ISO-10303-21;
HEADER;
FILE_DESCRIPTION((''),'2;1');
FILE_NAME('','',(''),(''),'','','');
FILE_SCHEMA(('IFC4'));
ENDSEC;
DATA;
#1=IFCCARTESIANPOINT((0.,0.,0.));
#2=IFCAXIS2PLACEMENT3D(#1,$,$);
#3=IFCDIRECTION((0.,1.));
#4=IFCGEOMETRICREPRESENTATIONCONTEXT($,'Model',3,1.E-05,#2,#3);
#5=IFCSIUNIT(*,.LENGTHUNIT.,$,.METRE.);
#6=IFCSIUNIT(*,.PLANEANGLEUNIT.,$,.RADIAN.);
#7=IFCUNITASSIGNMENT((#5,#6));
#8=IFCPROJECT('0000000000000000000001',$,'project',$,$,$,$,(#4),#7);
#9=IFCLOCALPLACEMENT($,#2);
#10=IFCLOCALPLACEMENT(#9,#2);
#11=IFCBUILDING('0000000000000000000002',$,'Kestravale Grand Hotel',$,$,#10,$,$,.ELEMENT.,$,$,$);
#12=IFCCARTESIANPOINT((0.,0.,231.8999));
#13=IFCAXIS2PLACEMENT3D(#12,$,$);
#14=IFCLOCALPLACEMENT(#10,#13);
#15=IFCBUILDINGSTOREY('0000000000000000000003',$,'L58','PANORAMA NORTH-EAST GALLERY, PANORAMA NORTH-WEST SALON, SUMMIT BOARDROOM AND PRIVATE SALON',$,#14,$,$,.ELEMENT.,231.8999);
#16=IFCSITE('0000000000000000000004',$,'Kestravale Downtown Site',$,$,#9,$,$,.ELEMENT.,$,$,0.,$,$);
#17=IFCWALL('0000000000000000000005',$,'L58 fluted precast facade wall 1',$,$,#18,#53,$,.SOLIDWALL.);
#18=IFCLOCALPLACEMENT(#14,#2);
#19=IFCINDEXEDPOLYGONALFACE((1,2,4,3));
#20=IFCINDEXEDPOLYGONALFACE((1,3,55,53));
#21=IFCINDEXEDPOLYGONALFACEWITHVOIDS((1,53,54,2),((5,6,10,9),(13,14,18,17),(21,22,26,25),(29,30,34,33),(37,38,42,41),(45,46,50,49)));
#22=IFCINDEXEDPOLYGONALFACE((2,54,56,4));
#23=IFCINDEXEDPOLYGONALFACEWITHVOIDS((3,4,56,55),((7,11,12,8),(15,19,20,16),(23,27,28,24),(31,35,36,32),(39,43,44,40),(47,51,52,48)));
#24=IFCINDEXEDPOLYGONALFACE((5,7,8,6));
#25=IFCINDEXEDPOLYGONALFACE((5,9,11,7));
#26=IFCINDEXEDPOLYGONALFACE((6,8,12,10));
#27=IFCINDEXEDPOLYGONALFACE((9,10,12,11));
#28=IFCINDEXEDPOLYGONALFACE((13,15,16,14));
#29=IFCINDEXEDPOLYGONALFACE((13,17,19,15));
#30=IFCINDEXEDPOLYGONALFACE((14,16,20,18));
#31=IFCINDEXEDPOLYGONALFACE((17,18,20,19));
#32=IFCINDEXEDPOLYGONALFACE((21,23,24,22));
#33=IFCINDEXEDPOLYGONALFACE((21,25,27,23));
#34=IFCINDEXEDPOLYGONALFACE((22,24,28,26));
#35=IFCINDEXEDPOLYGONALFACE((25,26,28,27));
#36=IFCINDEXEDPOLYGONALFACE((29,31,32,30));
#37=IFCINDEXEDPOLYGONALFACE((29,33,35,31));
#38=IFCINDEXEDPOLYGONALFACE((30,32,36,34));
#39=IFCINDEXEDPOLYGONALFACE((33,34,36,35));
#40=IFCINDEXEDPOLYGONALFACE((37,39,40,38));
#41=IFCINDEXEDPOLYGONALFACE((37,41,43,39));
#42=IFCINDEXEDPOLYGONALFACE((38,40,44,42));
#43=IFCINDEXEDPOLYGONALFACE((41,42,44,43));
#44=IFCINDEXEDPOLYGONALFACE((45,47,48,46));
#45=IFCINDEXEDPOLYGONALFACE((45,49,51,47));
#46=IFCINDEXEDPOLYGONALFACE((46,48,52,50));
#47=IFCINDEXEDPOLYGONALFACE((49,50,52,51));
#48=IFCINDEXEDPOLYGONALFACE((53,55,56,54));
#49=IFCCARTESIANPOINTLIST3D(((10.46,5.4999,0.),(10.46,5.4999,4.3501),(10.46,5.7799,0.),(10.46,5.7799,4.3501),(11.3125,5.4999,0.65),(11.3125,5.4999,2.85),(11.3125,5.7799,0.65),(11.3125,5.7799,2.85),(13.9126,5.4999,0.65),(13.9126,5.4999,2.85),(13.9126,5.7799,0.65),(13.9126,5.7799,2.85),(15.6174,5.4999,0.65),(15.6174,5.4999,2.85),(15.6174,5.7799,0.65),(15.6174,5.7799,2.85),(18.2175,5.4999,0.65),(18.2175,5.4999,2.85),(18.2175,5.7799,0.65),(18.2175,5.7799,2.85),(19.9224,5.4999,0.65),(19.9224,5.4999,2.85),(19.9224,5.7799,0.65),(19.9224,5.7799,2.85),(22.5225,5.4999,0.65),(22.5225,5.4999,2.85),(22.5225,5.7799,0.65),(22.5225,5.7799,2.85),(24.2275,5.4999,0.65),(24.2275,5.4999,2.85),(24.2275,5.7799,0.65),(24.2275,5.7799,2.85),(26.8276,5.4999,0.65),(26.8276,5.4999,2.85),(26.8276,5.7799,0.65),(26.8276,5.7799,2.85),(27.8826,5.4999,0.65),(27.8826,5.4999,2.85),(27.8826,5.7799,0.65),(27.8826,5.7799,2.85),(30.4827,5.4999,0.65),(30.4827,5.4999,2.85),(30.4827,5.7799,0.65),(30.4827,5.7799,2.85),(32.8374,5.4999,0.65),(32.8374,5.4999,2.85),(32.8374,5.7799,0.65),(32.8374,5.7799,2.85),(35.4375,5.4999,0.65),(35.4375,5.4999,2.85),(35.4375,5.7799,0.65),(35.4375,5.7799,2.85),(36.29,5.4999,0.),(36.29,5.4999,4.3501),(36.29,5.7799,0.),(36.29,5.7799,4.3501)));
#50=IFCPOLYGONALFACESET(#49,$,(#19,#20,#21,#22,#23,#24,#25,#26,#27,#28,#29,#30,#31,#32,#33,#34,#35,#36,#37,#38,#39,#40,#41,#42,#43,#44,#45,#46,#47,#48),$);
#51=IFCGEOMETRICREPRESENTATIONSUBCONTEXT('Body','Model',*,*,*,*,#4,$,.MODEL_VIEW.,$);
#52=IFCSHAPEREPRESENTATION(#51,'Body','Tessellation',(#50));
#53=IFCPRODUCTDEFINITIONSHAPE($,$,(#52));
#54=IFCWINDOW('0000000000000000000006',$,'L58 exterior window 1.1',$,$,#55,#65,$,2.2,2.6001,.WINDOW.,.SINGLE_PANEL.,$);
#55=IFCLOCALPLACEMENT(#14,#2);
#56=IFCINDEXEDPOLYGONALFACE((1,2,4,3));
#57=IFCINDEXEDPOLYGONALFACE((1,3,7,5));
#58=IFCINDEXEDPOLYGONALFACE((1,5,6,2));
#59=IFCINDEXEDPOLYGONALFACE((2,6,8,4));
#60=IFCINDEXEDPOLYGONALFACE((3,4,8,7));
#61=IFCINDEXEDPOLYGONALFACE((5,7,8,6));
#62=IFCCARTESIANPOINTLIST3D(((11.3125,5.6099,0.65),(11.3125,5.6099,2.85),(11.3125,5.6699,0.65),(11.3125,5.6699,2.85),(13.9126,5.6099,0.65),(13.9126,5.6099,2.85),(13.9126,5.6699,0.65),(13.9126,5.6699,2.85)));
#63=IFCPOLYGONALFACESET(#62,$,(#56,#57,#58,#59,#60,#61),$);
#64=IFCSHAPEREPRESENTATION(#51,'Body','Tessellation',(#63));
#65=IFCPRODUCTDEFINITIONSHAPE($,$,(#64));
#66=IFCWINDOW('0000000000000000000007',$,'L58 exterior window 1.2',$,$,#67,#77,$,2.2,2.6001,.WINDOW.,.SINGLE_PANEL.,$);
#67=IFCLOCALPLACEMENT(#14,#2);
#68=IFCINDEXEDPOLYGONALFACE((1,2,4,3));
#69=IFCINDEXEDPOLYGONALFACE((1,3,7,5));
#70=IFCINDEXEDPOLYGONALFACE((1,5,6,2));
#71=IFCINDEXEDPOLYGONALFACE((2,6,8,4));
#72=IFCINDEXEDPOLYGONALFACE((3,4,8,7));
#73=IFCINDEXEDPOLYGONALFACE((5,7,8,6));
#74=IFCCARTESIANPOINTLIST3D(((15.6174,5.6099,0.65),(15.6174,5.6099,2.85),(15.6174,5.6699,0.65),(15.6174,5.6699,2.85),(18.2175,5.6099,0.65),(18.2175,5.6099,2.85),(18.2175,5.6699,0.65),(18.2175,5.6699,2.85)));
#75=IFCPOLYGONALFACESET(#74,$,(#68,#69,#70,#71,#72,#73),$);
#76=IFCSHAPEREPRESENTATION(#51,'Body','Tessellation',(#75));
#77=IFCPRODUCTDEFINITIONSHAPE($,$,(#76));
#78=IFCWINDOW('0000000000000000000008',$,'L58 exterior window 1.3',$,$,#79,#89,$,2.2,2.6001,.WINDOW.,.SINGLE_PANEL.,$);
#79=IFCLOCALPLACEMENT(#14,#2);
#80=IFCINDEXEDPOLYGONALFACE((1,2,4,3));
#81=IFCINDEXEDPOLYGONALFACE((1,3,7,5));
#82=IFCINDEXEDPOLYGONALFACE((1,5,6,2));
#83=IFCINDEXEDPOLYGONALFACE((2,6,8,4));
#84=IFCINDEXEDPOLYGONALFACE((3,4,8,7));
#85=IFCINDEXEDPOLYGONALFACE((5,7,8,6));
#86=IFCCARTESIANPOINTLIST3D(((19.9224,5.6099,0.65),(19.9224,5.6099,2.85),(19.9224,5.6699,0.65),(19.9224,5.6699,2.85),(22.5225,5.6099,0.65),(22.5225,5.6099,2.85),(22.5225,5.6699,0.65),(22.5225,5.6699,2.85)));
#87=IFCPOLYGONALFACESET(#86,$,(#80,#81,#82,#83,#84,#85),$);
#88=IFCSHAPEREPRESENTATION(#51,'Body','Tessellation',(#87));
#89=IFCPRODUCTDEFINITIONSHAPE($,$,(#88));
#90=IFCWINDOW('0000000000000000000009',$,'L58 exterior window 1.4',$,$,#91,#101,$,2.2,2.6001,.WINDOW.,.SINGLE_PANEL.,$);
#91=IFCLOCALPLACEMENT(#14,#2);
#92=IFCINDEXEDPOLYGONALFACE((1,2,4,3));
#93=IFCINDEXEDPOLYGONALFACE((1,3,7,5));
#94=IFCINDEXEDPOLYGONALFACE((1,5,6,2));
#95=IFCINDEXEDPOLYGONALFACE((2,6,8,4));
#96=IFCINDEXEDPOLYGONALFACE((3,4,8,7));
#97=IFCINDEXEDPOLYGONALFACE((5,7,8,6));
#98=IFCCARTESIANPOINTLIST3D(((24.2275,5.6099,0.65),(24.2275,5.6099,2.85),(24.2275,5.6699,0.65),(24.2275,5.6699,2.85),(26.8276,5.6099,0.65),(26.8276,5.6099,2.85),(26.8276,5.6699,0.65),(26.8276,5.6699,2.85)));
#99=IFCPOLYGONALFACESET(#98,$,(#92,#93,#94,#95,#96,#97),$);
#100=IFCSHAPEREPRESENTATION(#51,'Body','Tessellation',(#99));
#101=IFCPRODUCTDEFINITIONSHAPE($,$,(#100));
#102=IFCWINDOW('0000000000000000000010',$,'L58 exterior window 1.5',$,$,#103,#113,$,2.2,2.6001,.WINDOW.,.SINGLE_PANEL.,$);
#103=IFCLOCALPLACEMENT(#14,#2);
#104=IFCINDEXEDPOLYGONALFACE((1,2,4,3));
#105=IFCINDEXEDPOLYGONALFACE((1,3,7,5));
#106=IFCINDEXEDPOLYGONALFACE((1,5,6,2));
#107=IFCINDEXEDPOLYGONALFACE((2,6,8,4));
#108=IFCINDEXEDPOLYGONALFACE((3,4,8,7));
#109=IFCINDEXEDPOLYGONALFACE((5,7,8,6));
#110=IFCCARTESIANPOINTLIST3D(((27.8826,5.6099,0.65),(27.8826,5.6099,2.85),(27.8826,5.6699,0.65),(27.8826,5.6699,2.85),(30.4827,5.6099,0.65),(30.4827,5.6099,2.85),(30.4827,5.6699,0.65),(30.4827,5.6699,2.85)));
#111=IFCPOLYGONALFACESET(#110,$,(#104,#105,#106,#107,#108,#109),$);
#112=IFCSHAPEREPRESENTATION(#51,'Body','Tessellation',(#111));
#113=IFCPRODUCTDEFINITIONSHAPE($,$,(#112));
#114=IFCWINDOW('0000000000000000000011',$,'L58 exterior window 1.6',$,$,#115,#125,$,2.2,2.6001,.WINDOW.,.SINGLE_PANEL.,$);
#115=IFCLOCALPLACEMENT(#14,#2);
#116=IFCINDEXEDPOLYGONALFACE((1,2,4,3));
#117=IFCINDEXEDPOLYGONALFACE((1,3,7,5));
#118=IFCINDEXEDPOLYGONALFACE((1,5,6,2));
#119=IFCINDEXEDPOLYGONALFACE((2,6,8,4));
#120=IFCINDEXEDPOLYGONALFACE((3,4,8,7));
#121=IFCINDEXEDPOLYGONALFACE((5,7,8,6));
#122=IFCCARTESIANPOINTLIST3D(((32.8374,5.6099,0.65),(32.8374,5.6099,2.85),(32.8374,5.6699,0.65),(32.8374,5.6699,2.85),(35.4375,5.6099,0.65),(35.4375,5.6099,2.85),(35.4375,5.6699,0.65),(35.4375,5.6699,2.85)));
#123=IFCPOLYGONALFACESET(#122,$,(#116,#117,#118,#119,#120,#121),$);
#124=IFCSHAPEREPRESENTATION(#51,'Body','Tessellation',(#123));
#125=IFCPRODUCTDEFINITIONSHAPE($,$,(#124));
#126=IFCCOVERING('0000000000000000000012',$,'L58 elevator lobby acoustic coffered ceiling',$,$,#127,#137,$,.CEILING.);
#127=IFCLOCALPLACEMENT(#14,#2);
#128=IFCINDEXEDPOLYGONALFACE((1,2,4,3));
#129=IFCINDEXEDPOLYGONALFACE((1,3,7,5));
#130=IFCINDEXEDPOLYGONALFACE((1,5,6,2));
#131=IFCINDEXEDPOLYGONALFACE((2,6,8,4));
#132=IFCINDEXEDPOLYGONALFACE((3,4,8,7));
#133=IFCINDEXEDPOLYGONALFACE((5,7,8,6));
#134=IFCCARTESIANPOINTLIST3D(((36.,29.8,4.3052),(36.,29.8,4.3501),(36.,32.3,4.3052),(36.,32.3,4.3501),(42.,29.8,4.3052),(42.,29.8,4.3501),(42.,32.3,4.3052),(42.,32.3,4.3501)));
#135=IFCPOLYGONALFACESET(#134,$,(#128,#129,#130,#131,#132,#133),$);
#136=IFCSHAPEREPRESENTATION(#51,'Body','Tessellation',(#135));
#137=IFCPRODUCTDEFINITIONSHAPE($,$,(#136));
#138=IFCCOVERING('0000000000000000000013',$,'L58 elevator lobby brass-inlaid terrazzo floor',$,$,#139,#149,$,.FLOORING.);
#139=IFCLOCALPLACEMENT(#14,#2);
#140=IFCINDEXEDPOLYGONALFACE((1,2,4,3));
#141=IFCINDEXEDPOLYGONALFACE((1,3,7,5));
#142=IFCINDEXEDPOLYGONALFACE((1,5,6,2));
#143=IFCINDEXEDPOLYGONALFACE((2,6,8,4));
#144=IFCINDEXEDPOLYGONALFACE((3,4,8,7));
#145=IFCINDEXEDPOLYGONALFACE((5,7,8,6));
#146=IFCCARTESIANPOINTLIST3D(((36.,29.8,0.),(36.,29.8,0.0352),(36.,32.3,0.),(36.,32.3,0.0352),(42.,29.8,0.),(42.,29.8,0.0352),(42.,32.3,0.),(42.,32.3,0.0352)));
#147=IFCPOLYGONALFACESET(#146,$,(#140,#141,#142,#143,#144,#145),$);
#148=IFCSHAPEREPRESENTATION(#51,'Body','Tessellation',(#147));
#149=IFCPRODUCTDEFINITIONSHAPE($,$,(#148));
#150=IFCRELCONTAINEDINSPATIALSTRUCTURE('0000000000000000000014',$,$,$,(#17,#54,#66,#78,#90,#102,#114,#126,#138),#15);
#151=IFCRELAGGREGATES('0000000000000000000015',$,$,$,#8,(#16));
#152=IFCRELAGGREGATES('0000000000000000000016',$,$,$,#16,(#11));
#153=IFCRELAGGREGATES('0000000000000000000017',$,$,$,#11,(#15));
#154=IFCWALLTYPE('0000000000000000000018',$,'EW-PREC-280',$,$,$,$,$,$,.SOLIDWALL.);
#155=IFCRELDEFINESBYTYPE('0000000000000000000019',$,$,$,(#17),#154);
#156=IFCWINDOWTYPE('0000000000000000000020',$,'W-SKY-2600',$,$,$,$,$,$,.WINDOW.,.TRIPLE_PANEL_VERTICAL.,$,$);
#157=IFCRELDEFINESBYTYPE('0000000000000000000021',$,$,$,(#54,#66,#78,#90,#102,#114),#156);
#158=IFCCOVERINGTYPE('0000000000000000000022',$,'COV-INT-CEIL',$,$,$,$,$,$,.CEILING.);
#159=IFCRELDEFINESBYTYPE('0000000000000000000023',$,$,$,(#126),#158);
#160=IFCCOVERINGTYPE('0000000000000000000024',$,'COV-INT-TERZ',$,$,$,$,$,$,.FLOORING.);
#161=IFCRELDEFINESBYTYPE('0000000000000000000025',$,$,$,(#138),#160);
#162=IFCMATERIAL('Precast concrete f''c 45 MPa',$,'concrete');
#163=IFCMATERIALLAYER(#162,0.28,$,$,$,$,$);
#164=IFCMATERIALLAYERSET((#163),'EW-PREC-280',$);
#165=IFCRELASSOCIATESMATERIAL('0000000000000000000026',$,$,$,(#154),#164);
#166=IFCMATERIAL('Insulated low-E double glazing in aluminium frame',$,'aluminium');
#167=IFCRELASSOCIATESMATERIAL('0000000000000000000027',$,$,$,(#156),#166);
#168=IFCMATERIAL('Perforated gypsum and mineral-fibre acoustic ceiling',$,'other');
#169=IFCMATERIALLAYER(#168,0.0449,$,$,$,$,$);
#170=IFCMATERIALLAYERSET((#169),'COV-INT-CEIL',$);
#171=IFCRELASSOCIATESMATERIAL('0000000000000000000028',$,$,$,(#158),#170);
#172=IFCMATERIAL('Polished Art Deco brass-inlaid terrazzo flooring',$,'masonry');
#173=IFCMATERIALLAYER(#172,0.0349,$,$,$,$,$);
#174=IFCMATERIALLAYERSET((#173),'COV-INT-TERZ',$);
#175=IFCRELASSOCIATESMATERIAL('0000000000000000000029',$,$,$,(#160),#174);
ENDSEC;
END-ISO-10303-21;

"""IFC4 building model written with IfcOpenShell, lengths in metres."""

from ifc_helpers import new_model, si_unit, direction, frame, frame_2d, origin, place, context, subcontext, project, spatial, polyline, rectangle, outline, extrude, material, layer, layer_set, type_object, element, fill, save


model = new_model("IFC4")

# Units and contexts
model_context = context("Model", 3, precision=1e-05, world=origin(), true_north=direction((0.0, 1.0)))
body_context = subcontext(model_context, "Body", "Model", "MODEL_VIEW")
ifc_project = project(units=[si_unit("LENGTHUNIT", "METRE"), si_unit("PLANEANGLEUNIT", "RADIAN")], contexts=[model_context])

# Site, building, storey
site_placement = place(None, origin())
site = spatial("IfcSite", under=ifc_project, at=site_placement, Name="Kestravale Downtown Site", CompositionType="ELEMENT", RefElevation=0.0)
building_placement = place(site_placement, origin())
building = spatial("IfcBuilding", under=site, at=building_placement, Name="Kestravale Grand Hotel", CompositionType="ELEMENT")
storey_placement = place(building_placement, frame((0.0, 0.0, 231.8999)))
storey = spatial("IfcBuildingStorey", under=building, at=storey_placement, Name="L58", Description="PANORAMA NORTH-EAST GALLERY, PANORAMA NORTH-WEST SALON, SUMMIT BOARDROOM AND PRIVATE SALON", CompositionType="ELEMENT", Elevation=231.8999)

# Wall, openings, windows
ifc_material_1 = material(Name="Precast concrete f'c 45 MPa", Category="concrete")
ifc_layer_1 = layer(ifc_material_1, 0.28)
ifc_layer_set_1 = layer_set([ifc_layer_1], Name="EW-PREC-280")
wall_type = type_object("IfcWallType", Name="EW-PREC-280", PredefinedType="SOLIDWALL", material=ifc_layer_set_1)
wall_placement = place(storey_placement, frame((10.46, 5.6399, 0.0), z_axis=(0.0, 0.0, 1.0), x_axis=(1.0, 0.0, 0.0)))
wall = element("IfcWall", 1, at=wall_placement, inside=storey, type_object=wall_type, Name="L58 fluted precast facade wall 1", PredefinedType="SOLIDWALL", context=body_context, shape_type="SweptSolid", body=[
    extrude(rectangle(XDim=25.8301, YDim=0.28, at=frame_2d((12.915, 0.0))), origin(), (0.0, 0.0, 1.0), 4.3501),
])
opening_1_placement = place(wall_placement, frame((0.8525, 0.0, 0.6499)))
opening_1 = element("IfcOpeningElement", 2, at=opening_1_placement, cuts=wall, PredefinedType="OPENING", context=body_context, shape_type="SweptSolid", body=[
    extrude(rectangle(XDim=2.6001, YDim=2.2, at=frame_2d((1.3, 1.1001))), frame((0.0, 0.1499, 0.0), z_axis=(0.0, -1.0, 0.0), x_axis=(1.0, 0.0, 0.0)), (0.0, 0.0, 1.0), 0.3),
])
opening_2_placement = place(wall_placement, frame((5.1575, 0.0, 0.6499)))
opening_2 = element("IfcOpeningElement", 3, at=opening_2_placement, cuts=wall, PredefinedType="OPENING", context=body_context, shape_type="SweptSolid", body=[
    extrude(rectangle(XDim=2.6001, YDim=2.2, at=frame_2d((1.3, 1.1001))), frame((0.0, 0.1499, 0.0), z_axis=(0.0, -1.0, 0.0), x_axis=(1.0, 0.0, 0.0)), (0.0, 0.0, 1.0), 0.3),
])
opening_3_placement = place(wall_placement, frame((9.4624, 0.0, 0.6499)))
opening_3 = element("IfcOpeningElement", 4, at=opening_3_placement, cuts=wall, PredefinedType="OPENING", context=body_context, shape_type="SweptSolid", body=[
    extrude(rectangle(XDim=2.6001, YDim=2.2, at=frame_2d((1.3, 1.1001))), frame((0.0, 0.1499, 0.0), z_axis=(0.0, -1.0, 0.0), x_axis=(1.0, 0.0, 0.0)), (0.0, 0.0, 1.0), 0.3),
])
opening_4_placement = place(wall_placement, frame((13.7676, 0.0, 0.6499)))
opening_4 = element("IfcOpeningElement", 5, at=opening_4_placement, cuts=wall, PredefinedType="OPENING", context=body_context, shape_type="SweptSolid", body=[
    extrude(rectangle(XDim=2.6001, YDim=2.2, at=frame_2d((1.3, 1.1001))), frame((0.0, 0.1499, 0.0), z_axis=(0.0, -1.0, 0.0), x_axis=(1.0, 0.0, 0.0)), (0.0, 0.0, 1.0), 0.3),
])
opening_5_placement = place(wall_placement, frame((17.4226, 0.0, 0.6499)))
opening_5 = element("IfcOpeningElement", 6, at=opening_5_placement, cuts=wall, PredefinedType="OPENING", context=body_context, shape_type="SweptSolid", body=[
    extrude(rectangle(XDim=2.6001, YDim=2.2, at=frame_2d((1.3, 1.1001))), frame((0.0, 0.1499, 0.0), z_axis=(0.0, -1.0, 0.0), x_axis=(1.0, 0.0, 0.0)), (0.0, 0.0, 1.0), 0.3),
])
opening_6_placement = place(wall_placement, frame((22.3774, 0.0, 0.6499)))
opening_6 = element("IfcOpeningElement", 7, at=opening_6_placement, cuts=wall, PredefinedType="OPENING", context=body_context, shape_type="SweptSolid", body=[
    extrude(rectangle(XDim=2.6001, YDim=2.2, at=frame_2d((1.3, 1.1001))), frame((0.0, 0.1499, 0.0), z_axis=(0.0, -1.0, 0.0), x_axis=(1.0, 0.0, 0.0)), (0.0, 0.0, 1.0), 0.3),
])
ifc_material_2 = material(Name="Insulated low-E double glazing in aluminium frame", Category="aluminium")
window_type = type_object("IfcWindowType", Name="W-SKY-2600", PartitioningType="TRIPLE_PANEL_VERTICAL", PredefinedType="WINDOW", material=ifc_material_2)
window_1_placement = place(opening_1_placement, origin())
window_1 = element("IfcWindow", 8, at=window_1_placement, inside=storey, type_object=window_type, Name="L58 exterior window 1.1", OverallHeight=2.2, OverallWidth=2.6001, PartitioningType="SINGLE_PANEL", PredefinedType="WINDOW", context=body_context, shape_type="SweptSolid", body=[
    extrude(rectangle(XDim=2.6001, YDim=2.2, at=frame_2d((1.3, 1.1001))), frame((0.0, 0.03, 0.0), z_axis=(0.0, -1.0, 0.0), x_axis=(1.0, 0.0, 0.0)), (0.0, 0.0, 1.0), 0.0601),
])
fill(opening_1, window_1)
window_2_placement = place(opening_2_placement, origin())
window_2 = element("IfcWindow", 9, at=window_2_placement, inside=storey, type_object=window_type, Name="L58 exterior window 1.2", OverallHeight=2.2, OverallWidth=2.6001, PartitioningType="SINGLE_PANEL", PredefinedType="WINDOW", context=body_context, shape_type="SweptSolid", body=[
    extrude(rectangle(XDim=2.6001, YDim=2.2, at=frame_2d((1.3, 1.1001))), frame((0.0, 0.03, 0.0), z_axis=(0.0, -1.0, 0.0), x_axis=(1.0, 0.0, 0.0)), (0.0, 0.0, 1.0), 0.0601),
])
fill(opening_2, window_2)
window_3_placement = place(opening_3_placement, origin())
window_3 = element("IfcWindow", 10, at=window_3_placement, inside=storey, type_object=window_type, Name="L58 exterior window 1.3", OverallHeight=2.2, OverallWidth=2.6001, PartitioningType="SINGLE_PANEL", PredefinedType="WINDOW", context=body_context, shape_type="SweptSolid", body=[
    extrude(rectangle(XDim=2.6001, YDim=2.2, at=frame_2d((1.3, 1.1001))), frame((0.0, 0.03, 0.0), z_axis=(0.0, -1.0, 0.0), x_axis=(1.0, 0.0, 0.0)), (0.0, 0.0, 1.0), 0.0601),
])
fill(opening_3, window_3)
window_4_placement = place(opening_4_placement, origin())
window_4 = element("IfcWindow", 11, at=window_4_placement, inside=storey, type_object=window_type, Name="L58 exterior window 1.4", OverallHeight=2.2, OverallWidth=2.6001, PartitioningType="SINGLE_PANEL", PredefinedType="WINDOW", context=body_context, shape_type="SweptSolid", body=[
    extrude(rectangle(XDim=2.6001, YDim=2.2, at=frame_2d((1.3, 1.1001))), frame((0.0, 0.03, 0.0), z_axis=(0.0, -1.0, 0.0), x_axis=(1.0, 0.0, 0.0)), (0.0, 0.0, 1.0), 0.0601),
])
fill(opening_4, window_4)
window_5_placement = place(opening_5_placement, origin())
window_5 = element("IfcWindow", 12, at=window_5_placement, inside=storey, type_object=window_type, Name="L58 exterior window 1.5", OverallHeight=2.2, OverallWidth=2.6001, PartitioningType="SINGLE_PANEL", PredefinedType="WINDOW", context=body_context, shape_type="SweptSolid", body=[
    extrude(rectangle(XDim=2.6001, YDim=2.2, at=frame_2d((1.3, 1.1001))), frame((0.0, 0.03, 0.0), z_axis=(0.0, -1.0, 0.0), x_axis=(1.0, 0.0, 0.0)), (0.0, 0.0, 1.0), 0.0601),
])
fill(opening_5, window_5)
window_6_placement = place(opening_6_placement, origin())
window_6 = element("IfcWindow", 13, at=window_6_placement, inside=storey, type_object=window_type, Name="L58 exterior window 1.6", OverallHeight=2.2, OverallWidth=2.6001, PartitioningType="SINGLE_PANEL", PredefinedType="WINDOW", context=body_context, shape_type="SweptSolid", body=[
    extrude(rectangle(XDim=2.6001, YDim=2.2, at=frame_2d((1.3, 1.1001))), frame((0.0, 0.03, 0.0), z_axis=(0.0, -1.0, 0.0), x_axis=(1.0, 0.0, 0.0)), (0.0, 0.0, 1.0), 0.0601),
])
fill(opening_6, window_6)

# Coverings
ifc_material_3 = material(Name="Perforated gypsum and mineral-fibre acoustic ceiling", Category="other")
ifc_layer_2 = layer(ifc_material_3, 0.0449)
ifc_layer_set_2 = layer_set([ifc_layer_2], Name="COV-INT-CEIL")
covering_type_1 = type_object("IfcCoveringType", Name="COV-INT-CEIL", PredefinedType="CEILING", material=ifc_layer_set_2)
covering_1_placement = place(storey_placement, frame((0.0, 0.0, 4.3052)))
element("IfcCovering", 14, at=covering_1_placement, inside=storey, type_object=covering_type_1, Name="L58 elevator lobby acoustic coffered ceiling", PredefinedType="CEILING", context=body_context, shape_type="SweptSolid", body=[
    extrude(outline(polyline([(36.0, 29.8), (42.0, 29.8), (42.0, 32.3), (36.0, 32.3), (36.0, 29.8)])), origin(), (0.0, 0.0, 1.0), 0.0449),
])
ifc_material_4 = material(Name="Polished Art Deco brass-inlaid terrazzo flooring", Category="masonry")
ifc_layer_3 = layer(ifc_material_4, 0.0349)
ifc_layer_set_3 = layer_set([ifc_layer_3], Name="COV-INT-TERZ")
covering_type_2 = type_object("IfcCoveringType", Name="COV-INT-TERZ", PredefinedType="FLOORING", material=ifc_layer_set_3)
covering_2_placement = place(storey_placement, origin())
element("IfcCovering", 15, at=covering_2_placement, inside=storey, type_object=covering_type_2, Name="L58 elevator lobby brass-inlaid terrazzo floor", PredefinedType="FLOORING", context=body_context, shape_type="SweptSolid", body=[
    extrude(outline(polyline([(36.0, 29.8), (42.0, 29.8), (42.0, 32.3), (36.0, 32.3), (36.0, 29.8)])), origin(), (0.0, 0.0, 1.0), 0.0352),
])

save(model, "model.ifc")
